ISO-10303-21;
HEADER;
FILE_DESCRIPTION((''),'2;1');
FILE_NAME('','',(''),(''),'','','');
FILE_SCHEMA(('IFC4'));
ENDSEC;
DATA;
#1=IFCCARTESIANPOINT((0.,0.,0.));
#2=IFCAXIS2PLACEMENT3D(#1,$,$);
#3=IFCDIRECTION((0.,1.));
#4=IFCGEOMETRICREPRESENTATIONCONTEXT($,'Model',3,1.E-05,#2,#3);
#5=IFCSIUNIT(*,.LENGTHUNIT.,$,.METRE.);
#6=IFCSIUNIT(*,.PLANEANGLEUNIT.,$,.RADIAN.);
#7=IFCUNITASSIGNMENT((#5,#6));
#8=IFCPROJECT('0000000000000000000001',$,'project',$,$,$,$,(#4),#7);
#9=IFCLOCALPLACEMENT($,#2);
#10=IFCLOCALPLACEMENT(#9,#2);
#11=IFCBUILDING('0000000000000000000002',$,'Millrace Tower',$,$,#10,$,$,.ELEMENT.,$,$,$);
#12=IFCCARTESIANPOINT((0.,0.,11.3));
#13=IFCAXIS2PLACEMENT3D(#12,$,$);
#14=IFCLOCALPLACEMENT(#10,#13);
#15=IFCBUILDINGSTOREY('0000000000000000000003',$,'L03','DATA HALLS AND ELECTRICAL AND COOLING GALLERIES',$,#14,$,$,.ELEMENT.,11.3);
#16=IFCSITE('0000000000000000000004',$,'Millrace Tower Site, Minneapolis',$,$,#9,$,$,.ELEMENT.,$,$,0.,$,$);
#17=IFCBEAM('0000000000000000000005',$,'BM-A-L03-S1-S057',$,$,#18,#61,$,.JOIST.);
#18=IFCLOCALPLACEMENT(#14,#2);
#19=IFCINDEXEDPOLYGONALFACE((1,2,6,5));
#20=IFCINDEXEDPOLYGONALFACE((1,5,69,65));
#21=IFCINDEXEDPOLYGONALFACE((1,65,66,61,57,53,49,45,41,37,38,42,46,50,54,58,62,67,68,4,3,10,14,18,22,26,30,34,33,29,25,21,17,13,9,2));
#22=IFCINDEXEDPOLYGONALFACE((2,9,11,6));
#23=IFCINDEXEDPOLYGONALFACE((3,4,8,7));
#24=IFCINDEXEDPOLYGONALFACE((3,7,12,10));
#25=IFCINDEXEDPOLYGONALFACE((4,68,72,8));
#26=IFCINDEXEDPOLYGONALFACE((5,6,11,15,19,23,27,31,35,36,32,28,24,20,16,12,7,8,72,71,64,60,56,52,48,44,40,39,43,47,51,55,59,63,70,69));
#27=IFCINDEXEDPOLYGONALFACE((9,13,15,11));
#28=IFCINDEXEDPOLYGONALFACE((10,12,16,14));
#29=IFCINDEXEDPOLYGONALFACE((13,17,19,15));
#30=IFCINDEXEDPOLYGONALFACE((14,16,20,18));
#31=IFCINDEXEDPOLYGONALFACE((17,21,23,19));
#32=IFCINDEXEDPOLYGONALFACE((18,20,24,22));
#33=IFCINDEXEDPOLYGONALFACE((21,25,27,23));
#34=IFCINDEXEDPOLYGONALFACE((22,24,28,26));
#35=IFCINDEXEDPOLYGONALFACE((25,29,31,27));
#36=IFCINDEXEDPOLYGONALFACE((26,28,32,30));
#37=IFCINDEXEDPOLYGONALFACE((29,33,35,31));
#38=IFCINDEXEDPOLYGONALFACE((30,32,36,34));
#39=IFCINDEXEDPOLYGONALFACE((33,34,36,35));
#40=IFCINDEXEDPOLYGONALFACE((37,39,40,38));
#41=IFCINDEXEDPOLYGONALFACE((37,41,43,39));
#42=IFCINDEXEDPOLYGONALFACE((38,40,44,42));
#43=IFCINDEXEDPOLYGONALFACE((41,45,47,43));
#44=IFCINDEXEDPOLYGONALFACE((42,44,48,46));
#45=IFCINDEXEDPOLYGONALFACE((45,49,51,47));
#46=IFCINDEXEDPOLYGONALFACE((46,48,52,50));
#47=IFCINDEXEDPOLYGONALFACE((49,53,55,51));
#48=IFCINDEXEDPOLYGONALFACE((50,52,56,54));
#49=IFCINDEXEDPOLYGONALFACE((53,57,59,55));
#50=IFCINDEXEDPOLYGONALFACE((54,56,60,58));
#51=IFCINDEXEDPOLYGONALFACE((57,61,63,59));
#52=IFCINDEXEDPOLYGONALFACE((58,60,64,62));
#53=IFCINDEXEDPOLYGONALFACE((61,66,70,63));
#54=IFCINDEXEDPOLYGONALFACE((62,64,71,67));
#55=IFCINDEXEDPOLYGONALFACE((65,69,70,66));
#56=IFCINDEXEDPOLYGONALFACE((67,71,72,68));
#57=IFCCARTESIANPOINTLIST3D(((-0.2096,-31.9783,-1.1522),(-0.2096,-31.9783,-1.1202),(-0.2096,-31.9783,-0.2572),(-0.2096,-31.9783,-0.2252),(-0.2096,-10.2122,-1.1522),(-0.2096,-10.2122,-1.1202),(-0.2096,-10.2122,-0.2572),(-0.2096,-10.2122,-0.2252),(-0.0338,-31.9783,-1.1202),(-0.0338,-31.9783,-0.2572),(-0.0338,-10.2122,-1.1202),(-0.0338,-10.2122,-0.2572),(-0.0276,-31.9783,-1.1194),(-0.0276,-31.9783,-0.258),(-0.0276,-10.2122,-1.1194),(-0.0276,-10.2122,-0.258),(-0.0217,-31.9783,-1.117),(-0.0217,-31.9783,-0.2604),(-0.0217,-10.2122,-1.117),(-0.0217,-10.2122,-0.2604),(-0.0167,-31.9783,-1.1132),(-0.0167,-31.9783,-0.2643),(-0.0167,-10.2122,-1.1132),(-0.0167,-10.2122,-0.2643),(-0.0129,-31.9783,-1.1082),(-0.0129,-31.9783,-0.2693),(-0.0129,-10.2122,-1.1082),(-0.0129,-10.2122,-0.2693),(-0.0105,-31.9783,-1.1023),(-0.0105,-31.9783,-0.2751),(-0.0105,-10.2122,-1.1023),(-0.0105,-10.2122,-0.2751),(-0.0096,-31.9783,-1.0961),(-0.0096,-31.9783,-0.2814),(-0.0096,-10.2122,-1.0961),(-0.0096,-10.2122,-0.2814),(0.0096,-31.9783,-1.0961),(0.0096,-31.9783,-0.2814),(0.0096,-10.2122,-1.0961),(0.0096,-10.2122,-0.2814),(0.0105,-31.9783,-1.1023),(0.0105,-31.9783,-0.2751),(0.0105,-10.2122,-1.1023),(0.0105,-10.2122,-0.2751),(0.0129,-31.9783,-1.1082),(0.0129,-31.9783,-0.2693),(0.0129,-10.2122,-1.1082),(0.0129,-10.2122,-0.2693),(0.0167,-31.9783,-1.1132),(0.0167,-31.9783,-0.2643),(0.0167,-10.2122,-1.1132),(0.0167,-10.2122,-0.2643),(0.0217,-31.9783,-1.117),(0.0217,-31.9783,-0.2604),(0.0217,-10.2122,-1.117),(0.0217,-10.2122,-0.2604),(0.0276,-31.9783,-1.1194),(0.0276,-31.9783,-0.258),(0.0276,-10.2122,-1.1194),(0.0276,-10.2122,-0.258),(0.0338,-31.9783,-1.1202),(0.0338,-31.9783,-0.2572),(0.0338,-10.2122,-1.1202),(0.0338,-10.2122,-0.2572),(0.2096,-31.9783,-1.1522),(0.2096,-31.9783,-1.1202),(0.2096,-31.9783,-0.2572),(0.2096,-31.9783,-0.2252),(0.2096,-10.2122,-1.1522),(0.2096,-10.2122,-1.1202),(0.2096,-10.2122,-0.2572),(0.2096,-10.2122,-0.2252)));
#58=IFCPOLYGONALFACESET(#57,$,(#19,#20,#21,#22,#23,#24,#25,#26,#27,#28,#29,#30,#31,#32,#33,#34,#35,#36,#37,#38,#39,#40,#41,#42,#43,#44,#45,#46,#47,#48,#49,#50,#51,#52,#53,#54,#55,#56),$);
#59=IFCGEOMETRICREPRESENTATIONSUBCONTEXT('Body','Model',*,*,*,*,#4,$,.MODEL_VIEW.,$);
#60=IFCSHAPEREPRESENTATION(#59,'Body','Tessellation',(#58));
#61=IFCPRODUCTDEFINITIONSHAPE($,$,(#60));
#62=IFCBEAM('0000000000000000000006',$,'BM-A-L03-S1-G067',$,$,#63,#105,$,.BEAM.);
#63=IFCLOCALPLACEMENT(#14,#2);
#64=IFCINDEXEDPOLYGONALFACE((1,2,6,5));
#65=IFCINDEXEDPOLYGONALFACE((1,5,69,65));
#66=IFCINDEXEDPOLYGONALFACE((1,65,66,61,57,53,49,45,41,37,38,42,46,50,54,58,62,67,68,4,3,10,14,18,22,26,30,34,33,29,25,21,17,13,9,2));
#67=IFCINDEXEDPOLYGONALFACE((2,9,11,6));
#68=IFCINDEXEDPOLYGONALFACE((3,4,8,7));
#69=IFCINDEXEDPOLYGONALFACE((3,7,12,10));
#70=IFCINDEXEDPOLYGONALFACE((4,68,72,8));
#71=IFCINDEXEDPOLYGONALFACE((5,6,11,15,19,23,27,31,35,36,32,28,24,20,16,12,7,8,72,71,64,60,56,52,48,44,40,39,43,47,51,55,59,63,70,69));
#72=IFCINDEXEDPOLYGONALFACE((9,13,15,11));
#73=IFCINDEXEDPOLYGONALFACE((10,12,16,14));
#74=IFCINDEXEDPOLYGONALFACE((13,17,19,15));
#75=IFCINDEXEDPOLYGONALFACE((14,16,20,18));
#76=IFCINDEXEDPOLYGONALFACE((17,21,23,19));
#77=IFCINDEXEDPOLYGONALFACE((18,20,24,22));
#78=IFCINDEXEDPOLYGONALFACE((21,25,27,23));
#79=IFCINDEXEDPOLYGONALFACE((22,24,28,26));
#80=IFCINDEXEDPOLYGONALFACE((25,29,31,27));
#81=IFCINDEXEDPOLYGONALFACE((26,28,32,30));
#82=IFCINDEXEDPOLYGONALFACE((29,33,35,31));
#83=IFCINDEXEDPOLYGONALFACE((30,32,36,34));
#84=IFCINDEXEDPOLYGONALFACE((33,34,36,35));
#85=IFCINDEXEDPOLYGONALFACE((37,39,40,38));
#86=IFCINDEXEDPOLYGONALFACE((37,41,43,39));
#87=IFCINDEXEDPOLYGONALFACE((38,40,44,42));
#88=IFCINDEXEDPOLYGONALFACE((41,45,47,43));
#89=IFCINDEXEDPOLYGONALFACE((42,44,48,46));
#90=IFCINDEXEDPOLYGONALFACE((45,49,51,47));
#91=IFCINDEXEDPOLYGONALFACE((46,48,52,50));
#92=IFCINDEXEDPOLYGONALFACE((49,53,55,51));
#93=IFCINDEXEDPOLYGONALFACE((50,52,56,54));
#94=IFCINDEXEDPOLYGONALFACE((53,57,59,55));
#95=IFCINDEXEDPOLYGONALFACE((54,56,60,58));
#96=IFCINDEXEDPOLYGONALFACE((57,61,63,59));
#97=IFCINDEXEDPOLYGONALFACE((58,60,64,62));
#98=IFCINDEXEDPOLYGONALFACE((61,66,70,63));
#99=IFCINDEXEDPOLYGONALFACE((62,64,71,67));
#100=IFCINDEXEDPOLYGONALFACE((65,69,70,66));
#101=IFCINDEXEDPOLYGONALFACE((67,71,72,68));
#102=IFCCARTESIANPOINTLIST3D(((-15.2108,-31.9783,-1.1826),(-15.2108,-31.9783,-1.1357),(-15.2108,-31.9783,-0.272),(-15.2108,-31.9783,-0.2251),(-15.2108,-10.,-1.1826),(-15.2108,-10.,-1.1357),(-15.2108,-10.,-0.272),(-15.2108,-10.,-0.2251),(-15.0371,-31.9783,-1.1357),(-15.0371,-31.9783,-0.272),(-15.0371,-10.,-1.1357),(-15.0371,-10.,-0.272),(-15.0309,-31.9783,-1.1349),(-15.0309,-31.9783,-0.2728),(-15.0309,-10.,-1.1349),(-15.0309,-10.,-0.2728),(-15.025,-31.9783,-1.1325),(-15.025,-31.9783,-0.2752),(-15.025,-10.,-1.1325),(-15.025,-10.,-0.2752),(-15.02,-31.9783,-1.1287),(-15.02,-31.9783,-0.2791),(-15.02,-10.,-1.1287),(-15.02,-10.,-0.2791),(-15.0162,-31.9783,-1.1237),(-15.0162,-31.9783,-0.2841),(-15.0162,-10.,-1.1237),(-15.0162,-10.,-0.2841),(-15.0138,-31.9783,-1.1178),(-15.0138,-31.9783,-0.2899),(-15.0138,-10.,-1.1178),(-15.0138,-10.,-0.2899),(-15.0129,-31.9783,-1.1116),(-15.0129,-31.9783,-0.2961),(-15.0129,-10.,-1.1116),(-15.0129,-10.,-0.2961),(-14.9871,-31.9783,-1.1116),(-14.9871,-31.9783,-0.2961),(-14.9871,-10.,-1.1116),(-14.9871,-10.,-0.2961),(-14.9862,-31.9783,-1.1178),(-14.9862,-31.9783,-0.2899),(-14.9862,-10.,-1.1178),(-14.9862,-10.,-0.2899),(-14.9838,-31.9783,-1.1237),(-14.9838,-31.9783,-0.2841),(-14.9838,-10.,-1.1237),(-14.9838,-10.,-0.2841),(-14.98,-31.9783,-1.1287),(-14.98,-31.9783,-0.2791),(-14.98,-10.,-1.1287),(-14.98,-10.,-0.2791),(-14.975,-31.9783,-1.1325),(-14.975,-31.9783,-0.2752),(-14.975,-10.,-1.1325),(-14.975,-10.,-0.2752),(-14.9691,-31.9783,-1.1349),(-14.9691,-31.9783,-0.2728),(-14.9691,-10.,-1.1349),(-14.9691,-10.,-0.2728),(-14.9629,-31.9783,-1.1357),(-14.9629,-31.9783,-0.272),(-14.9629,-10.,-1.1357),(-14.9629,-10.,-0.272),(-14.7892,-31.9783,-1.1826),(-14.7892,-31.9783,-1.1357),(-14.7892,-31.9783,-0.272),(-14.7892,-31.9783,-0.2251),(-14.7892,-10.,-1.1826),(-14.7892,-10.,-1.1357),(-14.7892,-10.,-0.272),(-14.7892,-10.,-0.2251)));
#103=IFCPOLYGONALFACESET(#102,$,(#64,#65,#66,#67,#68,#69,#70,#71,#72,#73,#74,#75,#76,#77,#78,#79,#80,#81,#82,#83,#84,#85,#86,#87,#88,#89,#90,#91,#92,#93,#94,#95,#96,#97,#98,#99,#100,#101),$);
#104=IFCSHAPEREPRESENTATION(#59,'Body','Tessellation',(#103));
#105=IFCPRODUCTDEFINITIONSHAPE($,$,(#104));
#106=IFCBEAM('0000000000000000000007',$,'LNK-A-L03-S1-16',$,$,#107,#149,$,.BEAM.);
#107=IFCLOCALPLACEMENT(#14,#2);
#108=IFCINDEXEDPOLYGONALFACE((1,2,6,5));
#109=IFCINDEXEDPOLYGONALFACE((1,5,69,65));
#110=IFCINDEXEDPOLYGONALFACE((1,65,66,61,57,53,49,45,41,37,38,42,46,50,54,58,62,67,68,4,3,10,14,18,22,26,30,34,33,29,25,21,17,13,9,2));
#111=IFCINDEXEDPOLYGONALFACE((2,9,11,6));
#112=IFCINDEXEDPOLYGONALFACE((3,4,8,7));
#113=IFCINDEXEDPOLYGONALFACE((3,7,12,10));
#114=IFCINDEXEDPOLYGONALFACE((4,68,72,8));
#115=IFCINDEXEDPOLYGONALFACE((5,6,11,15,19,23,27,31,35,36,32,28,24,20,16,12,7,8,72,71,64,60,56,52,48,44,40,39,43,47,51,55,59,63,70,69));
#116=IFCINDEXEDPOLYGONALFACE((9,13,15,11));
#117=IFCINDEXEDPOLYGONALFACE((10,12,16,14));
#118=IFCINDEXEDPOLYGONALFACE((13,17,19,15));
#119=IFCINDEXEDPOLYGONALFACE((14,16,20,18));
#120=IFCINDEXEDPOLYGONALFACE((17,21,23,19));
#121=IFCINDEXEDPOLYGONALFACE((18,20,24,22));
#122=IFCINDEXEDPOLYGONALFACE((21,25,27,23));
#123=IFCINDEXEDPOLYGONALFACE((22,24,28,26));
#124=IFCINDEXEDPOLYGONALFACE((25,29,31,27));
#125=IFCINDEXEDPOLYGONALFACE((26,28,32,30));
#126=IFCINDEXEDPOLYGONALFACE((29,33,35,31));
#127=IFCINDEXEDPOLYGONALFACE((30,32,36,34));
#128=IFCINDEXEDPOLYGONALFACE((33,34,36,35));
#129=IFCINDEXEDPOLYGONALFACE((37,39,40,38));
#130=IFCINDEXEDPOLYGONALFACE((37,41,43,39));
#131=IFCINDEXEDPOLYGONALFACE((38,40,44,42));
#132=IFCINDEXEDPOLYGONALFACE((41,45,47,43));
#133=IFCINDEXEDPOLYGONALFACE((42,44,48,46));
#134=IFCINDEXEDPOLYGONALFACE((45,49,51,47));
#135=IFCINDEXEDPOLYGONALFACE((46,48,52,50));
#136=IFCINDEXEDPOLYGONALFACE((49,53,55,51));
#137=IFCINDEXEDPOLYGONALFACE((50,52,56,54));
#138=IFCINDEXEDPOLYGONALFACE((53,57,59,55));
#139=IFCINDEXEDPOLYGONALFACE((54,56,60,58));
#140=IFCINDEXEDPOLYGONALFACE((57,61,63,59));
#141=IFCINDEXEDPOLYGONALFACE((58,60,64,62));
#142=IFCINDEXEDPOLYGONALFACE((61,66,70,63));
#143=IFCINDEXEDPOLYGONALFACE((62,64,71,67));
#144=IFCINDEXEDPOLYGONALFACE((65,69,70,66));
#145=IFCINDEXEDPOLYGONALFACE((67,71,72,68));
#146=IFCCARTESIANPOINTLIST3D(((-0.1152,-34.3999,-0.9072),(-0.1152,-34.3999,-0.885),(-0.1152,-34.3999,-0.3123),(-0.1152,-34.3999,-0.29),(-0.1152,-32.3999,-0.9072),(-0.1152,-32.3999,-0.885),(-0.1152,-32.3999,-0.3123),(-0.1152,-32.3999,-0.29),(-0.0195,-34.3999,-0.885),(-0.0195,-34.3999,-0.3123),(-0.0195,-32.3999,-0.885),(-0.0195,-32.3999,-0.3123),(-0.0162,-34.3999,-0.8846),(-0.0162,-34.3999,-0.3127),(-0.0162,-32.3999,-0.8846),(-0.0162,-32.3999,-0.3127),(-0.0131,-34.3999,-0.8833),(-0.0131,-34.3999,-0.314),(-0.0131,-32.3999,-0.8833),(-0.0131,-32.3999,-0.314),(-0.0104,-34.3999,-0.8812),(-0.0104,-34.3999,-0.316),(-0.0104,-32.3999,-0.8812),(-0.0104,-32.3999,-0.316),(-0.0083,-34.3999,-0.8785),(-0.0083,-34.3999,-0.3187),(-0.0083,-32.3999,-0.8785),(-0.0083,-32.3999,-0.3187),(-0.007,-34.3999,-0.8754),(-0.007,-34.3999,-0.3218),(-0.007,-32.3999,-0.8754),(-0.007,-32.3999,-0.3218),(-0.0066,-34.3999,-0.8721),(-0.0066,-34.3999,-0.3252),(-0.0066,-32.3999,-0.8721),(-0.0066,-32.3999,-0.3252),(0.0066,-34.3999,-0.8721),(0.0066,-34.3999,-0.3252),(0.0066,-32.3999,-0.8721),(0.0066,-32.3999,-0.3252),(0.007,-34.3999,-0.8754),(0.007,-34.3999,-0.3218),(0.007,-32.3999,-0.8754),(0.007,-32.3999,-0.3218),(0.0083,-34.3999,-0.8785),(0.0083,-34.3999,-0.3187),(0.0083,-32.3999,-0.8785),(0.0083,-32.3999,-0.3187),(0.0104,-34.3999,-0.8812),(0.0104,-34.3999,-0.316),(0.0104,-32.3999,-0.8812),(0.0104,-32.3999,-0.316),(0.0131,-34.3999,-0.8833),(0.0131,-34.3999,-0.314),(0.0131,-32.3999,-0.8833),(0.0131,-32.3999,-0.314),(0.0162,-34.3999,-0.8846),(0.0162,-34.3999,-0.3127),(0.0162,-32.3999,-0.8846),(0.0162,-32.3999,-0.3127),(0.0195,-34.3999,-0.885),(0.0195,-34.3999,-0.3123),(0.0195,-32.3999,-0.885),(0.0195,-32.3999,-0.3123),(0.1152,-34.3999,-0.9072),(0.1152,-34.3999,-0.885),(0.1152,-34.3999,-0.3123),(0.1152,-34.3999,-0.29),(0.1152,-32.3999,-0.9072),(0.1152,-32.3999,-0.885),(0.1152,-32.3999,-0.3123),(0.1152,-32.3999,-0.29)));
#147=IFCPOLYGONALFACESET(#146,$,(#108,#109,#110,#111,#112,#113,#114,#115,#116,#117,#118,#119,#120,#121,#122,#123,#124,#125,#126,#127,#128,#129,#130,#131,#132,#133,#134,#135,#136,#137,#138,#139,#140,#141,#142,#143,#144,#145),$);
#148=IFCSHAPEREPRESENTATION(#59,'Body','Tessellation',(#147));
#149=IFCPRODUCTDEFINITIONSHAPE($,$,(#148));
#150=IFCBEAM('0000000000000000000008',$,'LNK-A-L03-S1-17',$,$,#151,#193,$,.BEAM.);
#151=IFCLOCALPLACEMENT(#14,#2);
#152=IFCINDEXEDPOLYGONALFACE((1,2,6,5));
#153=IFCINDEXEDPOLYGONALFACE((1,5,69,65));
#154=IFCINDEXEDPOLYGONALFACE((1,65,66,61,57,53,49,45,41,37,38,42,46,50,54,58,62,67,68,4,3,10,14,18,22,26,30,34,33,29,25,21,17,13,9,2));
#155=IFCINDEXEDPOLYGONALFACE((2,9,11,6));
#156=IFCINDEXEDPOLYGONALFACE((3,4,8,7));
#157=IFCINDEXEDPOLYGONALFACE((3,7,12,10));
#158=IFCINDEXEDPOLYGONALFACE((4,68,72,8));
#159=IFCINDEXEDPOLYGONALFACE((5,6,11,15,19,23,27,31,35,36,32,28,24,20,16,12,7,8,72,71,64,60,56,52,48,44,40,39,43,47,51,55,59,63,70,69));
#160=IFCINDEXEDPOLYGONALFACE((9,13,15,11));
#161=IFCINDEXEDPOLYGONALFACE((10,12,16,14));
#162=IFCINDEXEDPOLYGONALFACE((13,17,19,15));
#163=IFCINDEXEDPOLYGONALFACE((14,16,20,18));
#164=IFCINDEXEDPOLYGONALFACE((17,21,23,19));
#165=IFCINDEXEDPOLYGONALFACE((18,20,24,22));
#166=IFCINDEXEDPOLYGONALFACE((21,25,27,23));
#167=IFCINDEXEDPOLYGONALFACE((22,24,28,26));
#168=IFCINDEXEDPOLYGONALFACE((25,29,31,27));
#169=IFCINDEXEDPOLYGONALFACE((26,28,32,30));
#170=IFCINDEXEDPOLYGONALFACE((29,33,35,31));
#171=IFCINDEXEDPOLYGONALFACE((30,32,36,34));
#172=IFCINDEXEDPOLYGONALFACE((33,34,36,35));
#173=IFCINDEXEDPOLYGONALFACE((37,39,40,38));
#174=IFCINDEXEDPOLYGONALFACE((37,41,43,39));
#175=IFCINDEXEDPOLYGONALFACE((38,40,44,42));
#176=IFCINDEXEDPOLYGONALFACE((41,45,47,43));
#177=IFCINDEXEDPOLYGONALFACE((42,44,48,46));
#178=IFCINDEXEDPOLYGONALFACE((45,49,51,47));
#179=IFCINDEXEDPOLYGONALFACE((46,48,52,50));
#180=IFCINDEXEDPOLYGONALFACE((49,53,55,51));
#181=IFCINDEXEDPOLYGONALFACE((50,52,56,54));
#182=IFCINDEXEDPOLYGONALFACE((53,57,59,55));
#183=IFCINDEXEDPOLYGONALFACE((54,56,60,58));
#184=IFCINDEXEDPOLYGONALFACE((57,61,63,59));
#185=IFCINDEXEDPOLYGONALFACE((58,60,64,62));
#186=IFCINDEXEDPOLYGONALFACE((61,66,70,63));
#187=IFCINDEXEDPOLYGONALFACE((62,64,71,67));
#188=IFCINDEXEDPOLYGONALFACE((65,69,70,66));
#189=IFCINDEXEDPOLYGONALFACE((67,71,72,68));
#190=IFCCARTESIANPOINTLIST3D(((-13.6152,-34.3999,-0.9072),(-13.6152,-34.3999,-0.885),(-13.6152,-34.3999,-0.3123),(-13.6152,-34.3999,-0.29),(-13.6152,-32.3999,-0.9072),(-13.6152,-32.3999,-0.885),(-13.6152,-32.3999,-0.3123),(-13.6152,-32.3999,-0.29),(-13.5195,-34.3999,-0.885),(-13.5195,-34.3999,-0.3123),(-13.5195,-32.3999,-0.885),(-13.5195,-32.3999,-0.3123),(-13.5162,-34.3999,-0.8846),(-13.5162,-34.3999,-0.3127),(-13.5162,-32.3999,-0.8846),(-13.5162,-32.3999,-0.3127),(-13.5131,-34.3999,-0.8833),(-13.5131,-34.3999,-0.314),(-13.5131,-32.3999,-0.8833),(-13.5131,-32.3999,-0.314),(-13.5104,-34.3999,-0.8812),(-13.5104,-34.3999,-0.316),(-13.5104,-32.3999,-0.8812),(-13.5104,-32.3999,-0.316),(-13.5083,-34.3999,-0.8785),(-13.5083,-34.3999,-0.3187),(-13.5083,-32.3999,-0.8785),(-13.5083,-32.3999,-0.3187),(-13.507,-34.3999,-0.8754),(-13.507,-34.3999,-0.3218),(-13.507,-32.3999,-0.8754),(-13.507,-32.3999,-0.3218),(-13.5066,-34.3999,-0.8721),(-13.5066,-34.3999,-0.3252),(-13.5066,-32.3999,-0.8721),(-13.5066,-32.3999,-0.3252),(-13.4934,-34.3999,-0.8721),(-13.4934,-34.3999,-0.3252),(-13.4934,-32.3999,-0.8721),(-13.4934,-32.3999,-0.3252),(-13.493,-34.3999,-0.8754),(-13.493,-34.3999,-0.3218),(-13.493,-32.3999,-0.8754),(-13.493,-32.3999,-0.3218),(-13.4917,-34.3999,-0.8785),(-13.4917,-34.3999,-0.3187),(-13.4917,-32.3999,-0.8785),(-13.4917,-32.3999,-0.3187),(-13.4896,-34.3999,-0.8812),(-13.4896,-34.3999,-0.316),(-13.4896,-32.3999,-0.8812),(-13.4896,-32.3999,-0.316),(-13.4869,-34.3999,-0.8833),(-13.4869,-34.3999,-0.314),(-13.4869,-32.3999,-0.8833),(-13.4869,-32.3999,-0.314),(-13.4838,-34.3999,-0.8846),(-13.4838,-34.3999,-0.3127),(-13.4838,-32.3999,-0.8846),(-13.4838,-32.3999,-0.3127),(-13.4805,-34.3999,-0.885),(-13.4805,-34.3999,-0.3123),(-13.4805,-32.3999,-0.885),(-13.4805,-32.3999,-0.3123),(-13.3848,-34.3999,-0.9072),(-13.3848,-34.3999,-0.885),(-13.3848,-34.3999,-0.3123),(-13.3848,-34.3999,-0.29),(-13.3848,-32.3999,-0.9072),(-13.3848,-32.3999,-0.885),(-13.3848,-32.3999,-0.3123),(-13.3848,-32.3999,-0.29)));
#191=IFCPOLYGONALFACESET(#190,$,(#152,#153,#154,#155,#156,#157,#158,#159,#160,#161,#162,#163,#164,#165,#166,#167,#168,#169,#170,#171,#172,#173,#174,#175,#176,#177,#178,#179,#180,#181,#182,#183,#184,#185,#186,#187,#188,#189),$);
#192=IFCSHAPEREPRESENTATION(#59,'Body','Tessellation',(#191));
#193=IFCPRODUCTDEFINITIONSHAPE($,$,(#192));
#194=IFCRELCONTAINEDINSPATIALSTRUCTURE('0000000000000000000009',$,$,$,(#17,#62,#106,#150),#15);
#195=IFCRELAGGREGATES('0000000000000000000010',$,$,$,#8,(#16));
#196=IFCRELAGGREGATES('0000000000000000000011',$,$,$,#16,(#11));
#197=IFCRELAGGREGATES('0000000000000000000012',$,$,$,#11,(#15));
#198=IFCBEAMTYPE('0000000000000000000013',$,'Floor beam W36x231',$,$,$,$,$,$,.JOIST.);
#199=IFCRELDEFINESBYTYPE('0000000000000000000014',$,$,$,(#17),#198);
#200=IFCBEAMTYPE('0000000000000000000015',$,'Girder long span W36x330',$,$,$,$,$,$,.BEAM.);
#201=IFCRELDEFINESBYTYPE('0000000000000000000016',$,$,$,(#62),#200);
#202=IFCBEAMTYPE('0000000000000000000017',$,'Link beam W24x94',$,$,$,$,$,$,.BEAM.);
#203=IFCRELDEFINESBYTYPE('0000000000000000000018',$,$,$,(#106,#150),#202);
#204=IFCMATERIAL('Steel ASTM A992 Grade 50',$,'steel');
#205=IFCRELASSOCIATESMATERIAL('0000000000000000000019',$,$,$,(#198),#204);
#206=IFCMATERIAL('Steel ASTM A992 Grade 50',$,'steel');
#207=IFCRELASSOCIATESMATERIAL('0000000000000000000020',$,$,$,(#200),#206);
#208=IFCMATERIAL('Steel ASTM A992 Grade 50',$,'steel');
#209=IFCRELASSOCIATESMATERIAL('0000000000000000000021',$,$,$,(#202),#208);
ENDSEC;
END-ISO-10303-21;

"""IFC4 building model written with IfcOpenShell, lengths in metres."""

from ifc_helpers import new_model, si_unit, direction, frame, origin, origin_2d, place, context, subcontext, project, spatial, i_section, extrude, material, material_profile, profile_set, type_object, element, save


model = new_model("IFC4")

# Units and contexts
model_context = context("Model", 3, precision=1e-05, world=origin(), true_north=direction((0.0, 1.0)))
body_context = subcontext(model_context, "Body", "Model", "MODEL_VIEW")
ifc_project = project(units=[si_unit("LENGTHUNIT", "METRE"), si_unit("PLANEANGLEUNIT", "RADIAN")], contexts=[model_context])

# Site, building, storey
site_placement = place(None, origin())
site = spatial("IfcSite", under=ifc_project, at=site_placement, Name="Millrace Tower Site, Minneapolis", CompositionType="ELEMENT", RefElevation=0.0)
building_placement = place(site_placement, origin())
building = spatial("IfcBuilding", under=site, at=building_placement, Name="Millrace Tower", CompositionType="ELEMENT")
storey_placement = place(building_placement, frame((0.0, 0.0, 11.3)))
storey = spatial("IfcBuildingStorey", under=building, at=storey_placement, Name="L03", Description="DATA HALLS AND ELECTRICAL AND COOLING GALLERIES", CompositionType="ELEMENT", Elevation=11.3)

# Beams
ifc_material_1 = material(Name="Steel ASTM A992 Grade 50", Category="steel")
ifc_material_profile_1 = material_profile(ifc_material_1, i_section(OverallWidth=0.4192, OverallDepth=0.927, WebThickness=0.0193, FlangeThickness=0.032, FilletRadius=0.0242, at=origin_2d()))
ifc_profile_set_1 = profile_set([ifc_material_profile_1], Name="Steel ASTM A992 Grade 50")
beam_type_1 = type_object("IfcBeamType", Name="Floor beam W36x231", PredefinedType="JOIST", material=ifc_profile_set_1)
for number, where, z_axis, x_axis, name in (
    (1, (0.0, -31.9783, -0.6887), (0.0, 1.0, 0.0), (-1.0, 0.0, 0.0), "BM-A-L03-S1-S057"),
):
    element("IfcBeam", number, at=place(storey_placement, frame(where, z_axis=z_axis, x_axis=x_axis)), inside=storey, type_object=beam_type_1, Name=name, PredefinedType="JOIST", context=body_context, shape_type="SweptSolid", body=[
        extrude(i_section(OverallWidth=0.4192, OverallDepth=0.927, WebThickness=0.0193, FlangeThickness=0.032, FilletRadius=0.0242, at=origin_2d()), origin(), (0.0, 0.0, 1.0), 21.7661),
    ])
ifc_material_2 = material(Name="Steel ASTM A992 Grade 50", Category="steel")
ifc_material_profile_2 = material_profile(ifc_material_2, i_section(OverallWidth=0.4216, OverallDepth=0.9575, WebThickness=0.0259, FlangeThickness=0.0469, FilletRadius=0.0242, at=origin_2d()))
ifc_profile_set_2 = profile_set([ifc_material_profile_2], Name="Steel ASTM A992 Grade 50")
beam_type_2 = type_object("IfcBeamType", Name="Girder long span W36x330", PredefinedType="BEAM", material=ifc_profile_set_2)
beam_1_placement = place(storey_placement, frame((-15.0, -31.9783, -0.7039), z_axis=(0.0, 1.0, 0.0), x_axis=(-1.0, 0.0, 0.0)))
element("IfcBeam", 2, at=beam_1_placement, inside=storey, type_object=beam_type_2, Name="BM-A-L03-S1-G067", PredefinedType="BEAM", context=body_context, shape_type="SweptSolid", body=[
    extrude(i_section(OverallWidth=0.4216, OverallDepth=0.9575, WebThickness=0.0259, FlangeThickness=0.0469, FilletRadius=0.0242, at=origin_2d()), origin(), (0.0, 0.0, 1.0), 21.9783),
])
ifc_material_3 = material(Name="Steel ASTM A992 Grade 50", Category="steel")
ifc_material_profile_3 = material_profile(ifc_material_3, i_section(OverallWidth=0.2305, OverallDepth=0.6172, WebThickness=0.0132, FlangeThickness=0.0222, FilletRadius=0.0129, at=origin_2d()))
ifc_profile_set_3 = profile_set([ifc_material_profile_3], Name="Steel ASTM A992 Grade 50")
beam_type_3 = type_object("IfcBeamType", Name="Link beam W24x94", PredefinedType="BEAM", material=ifc_profile_set_3)
for number, where, z_axis, x_axis, name in (
    (3, (0.0, -32.3999, -0.5986), (0.0, -1.0, 0.0), (1.0, 0.0, 0.0), "LNK-A-L03-S1-16"),
    (4, (-13.5, -32.3999, -0.5986), (0.0, -1.0, 0.0), (1.0, 0.0, 0.0), "LNK-A-L03-S1-17"),
):
    element("IfcBeam", number, at=place(storey_placement, frame(where, z_axis=z_axis, x_axis=x_axis)), inside=storey, type_object=beam_type_3, Name=name, PredefinedType="BEAM", context=body_context, shape_type="SweptSolid", body=[
        extrude(i_section(OverallWidth=0.2305, OverallDepth=0.6172, WebThickness=0.0132, FlangeThickness=0.0222, FilletRadius=0.0129, at=origin_2d()), origin(), (0.0, 0.0, 1.0), 2.0),
    ])

save(model, "model.ifc")
